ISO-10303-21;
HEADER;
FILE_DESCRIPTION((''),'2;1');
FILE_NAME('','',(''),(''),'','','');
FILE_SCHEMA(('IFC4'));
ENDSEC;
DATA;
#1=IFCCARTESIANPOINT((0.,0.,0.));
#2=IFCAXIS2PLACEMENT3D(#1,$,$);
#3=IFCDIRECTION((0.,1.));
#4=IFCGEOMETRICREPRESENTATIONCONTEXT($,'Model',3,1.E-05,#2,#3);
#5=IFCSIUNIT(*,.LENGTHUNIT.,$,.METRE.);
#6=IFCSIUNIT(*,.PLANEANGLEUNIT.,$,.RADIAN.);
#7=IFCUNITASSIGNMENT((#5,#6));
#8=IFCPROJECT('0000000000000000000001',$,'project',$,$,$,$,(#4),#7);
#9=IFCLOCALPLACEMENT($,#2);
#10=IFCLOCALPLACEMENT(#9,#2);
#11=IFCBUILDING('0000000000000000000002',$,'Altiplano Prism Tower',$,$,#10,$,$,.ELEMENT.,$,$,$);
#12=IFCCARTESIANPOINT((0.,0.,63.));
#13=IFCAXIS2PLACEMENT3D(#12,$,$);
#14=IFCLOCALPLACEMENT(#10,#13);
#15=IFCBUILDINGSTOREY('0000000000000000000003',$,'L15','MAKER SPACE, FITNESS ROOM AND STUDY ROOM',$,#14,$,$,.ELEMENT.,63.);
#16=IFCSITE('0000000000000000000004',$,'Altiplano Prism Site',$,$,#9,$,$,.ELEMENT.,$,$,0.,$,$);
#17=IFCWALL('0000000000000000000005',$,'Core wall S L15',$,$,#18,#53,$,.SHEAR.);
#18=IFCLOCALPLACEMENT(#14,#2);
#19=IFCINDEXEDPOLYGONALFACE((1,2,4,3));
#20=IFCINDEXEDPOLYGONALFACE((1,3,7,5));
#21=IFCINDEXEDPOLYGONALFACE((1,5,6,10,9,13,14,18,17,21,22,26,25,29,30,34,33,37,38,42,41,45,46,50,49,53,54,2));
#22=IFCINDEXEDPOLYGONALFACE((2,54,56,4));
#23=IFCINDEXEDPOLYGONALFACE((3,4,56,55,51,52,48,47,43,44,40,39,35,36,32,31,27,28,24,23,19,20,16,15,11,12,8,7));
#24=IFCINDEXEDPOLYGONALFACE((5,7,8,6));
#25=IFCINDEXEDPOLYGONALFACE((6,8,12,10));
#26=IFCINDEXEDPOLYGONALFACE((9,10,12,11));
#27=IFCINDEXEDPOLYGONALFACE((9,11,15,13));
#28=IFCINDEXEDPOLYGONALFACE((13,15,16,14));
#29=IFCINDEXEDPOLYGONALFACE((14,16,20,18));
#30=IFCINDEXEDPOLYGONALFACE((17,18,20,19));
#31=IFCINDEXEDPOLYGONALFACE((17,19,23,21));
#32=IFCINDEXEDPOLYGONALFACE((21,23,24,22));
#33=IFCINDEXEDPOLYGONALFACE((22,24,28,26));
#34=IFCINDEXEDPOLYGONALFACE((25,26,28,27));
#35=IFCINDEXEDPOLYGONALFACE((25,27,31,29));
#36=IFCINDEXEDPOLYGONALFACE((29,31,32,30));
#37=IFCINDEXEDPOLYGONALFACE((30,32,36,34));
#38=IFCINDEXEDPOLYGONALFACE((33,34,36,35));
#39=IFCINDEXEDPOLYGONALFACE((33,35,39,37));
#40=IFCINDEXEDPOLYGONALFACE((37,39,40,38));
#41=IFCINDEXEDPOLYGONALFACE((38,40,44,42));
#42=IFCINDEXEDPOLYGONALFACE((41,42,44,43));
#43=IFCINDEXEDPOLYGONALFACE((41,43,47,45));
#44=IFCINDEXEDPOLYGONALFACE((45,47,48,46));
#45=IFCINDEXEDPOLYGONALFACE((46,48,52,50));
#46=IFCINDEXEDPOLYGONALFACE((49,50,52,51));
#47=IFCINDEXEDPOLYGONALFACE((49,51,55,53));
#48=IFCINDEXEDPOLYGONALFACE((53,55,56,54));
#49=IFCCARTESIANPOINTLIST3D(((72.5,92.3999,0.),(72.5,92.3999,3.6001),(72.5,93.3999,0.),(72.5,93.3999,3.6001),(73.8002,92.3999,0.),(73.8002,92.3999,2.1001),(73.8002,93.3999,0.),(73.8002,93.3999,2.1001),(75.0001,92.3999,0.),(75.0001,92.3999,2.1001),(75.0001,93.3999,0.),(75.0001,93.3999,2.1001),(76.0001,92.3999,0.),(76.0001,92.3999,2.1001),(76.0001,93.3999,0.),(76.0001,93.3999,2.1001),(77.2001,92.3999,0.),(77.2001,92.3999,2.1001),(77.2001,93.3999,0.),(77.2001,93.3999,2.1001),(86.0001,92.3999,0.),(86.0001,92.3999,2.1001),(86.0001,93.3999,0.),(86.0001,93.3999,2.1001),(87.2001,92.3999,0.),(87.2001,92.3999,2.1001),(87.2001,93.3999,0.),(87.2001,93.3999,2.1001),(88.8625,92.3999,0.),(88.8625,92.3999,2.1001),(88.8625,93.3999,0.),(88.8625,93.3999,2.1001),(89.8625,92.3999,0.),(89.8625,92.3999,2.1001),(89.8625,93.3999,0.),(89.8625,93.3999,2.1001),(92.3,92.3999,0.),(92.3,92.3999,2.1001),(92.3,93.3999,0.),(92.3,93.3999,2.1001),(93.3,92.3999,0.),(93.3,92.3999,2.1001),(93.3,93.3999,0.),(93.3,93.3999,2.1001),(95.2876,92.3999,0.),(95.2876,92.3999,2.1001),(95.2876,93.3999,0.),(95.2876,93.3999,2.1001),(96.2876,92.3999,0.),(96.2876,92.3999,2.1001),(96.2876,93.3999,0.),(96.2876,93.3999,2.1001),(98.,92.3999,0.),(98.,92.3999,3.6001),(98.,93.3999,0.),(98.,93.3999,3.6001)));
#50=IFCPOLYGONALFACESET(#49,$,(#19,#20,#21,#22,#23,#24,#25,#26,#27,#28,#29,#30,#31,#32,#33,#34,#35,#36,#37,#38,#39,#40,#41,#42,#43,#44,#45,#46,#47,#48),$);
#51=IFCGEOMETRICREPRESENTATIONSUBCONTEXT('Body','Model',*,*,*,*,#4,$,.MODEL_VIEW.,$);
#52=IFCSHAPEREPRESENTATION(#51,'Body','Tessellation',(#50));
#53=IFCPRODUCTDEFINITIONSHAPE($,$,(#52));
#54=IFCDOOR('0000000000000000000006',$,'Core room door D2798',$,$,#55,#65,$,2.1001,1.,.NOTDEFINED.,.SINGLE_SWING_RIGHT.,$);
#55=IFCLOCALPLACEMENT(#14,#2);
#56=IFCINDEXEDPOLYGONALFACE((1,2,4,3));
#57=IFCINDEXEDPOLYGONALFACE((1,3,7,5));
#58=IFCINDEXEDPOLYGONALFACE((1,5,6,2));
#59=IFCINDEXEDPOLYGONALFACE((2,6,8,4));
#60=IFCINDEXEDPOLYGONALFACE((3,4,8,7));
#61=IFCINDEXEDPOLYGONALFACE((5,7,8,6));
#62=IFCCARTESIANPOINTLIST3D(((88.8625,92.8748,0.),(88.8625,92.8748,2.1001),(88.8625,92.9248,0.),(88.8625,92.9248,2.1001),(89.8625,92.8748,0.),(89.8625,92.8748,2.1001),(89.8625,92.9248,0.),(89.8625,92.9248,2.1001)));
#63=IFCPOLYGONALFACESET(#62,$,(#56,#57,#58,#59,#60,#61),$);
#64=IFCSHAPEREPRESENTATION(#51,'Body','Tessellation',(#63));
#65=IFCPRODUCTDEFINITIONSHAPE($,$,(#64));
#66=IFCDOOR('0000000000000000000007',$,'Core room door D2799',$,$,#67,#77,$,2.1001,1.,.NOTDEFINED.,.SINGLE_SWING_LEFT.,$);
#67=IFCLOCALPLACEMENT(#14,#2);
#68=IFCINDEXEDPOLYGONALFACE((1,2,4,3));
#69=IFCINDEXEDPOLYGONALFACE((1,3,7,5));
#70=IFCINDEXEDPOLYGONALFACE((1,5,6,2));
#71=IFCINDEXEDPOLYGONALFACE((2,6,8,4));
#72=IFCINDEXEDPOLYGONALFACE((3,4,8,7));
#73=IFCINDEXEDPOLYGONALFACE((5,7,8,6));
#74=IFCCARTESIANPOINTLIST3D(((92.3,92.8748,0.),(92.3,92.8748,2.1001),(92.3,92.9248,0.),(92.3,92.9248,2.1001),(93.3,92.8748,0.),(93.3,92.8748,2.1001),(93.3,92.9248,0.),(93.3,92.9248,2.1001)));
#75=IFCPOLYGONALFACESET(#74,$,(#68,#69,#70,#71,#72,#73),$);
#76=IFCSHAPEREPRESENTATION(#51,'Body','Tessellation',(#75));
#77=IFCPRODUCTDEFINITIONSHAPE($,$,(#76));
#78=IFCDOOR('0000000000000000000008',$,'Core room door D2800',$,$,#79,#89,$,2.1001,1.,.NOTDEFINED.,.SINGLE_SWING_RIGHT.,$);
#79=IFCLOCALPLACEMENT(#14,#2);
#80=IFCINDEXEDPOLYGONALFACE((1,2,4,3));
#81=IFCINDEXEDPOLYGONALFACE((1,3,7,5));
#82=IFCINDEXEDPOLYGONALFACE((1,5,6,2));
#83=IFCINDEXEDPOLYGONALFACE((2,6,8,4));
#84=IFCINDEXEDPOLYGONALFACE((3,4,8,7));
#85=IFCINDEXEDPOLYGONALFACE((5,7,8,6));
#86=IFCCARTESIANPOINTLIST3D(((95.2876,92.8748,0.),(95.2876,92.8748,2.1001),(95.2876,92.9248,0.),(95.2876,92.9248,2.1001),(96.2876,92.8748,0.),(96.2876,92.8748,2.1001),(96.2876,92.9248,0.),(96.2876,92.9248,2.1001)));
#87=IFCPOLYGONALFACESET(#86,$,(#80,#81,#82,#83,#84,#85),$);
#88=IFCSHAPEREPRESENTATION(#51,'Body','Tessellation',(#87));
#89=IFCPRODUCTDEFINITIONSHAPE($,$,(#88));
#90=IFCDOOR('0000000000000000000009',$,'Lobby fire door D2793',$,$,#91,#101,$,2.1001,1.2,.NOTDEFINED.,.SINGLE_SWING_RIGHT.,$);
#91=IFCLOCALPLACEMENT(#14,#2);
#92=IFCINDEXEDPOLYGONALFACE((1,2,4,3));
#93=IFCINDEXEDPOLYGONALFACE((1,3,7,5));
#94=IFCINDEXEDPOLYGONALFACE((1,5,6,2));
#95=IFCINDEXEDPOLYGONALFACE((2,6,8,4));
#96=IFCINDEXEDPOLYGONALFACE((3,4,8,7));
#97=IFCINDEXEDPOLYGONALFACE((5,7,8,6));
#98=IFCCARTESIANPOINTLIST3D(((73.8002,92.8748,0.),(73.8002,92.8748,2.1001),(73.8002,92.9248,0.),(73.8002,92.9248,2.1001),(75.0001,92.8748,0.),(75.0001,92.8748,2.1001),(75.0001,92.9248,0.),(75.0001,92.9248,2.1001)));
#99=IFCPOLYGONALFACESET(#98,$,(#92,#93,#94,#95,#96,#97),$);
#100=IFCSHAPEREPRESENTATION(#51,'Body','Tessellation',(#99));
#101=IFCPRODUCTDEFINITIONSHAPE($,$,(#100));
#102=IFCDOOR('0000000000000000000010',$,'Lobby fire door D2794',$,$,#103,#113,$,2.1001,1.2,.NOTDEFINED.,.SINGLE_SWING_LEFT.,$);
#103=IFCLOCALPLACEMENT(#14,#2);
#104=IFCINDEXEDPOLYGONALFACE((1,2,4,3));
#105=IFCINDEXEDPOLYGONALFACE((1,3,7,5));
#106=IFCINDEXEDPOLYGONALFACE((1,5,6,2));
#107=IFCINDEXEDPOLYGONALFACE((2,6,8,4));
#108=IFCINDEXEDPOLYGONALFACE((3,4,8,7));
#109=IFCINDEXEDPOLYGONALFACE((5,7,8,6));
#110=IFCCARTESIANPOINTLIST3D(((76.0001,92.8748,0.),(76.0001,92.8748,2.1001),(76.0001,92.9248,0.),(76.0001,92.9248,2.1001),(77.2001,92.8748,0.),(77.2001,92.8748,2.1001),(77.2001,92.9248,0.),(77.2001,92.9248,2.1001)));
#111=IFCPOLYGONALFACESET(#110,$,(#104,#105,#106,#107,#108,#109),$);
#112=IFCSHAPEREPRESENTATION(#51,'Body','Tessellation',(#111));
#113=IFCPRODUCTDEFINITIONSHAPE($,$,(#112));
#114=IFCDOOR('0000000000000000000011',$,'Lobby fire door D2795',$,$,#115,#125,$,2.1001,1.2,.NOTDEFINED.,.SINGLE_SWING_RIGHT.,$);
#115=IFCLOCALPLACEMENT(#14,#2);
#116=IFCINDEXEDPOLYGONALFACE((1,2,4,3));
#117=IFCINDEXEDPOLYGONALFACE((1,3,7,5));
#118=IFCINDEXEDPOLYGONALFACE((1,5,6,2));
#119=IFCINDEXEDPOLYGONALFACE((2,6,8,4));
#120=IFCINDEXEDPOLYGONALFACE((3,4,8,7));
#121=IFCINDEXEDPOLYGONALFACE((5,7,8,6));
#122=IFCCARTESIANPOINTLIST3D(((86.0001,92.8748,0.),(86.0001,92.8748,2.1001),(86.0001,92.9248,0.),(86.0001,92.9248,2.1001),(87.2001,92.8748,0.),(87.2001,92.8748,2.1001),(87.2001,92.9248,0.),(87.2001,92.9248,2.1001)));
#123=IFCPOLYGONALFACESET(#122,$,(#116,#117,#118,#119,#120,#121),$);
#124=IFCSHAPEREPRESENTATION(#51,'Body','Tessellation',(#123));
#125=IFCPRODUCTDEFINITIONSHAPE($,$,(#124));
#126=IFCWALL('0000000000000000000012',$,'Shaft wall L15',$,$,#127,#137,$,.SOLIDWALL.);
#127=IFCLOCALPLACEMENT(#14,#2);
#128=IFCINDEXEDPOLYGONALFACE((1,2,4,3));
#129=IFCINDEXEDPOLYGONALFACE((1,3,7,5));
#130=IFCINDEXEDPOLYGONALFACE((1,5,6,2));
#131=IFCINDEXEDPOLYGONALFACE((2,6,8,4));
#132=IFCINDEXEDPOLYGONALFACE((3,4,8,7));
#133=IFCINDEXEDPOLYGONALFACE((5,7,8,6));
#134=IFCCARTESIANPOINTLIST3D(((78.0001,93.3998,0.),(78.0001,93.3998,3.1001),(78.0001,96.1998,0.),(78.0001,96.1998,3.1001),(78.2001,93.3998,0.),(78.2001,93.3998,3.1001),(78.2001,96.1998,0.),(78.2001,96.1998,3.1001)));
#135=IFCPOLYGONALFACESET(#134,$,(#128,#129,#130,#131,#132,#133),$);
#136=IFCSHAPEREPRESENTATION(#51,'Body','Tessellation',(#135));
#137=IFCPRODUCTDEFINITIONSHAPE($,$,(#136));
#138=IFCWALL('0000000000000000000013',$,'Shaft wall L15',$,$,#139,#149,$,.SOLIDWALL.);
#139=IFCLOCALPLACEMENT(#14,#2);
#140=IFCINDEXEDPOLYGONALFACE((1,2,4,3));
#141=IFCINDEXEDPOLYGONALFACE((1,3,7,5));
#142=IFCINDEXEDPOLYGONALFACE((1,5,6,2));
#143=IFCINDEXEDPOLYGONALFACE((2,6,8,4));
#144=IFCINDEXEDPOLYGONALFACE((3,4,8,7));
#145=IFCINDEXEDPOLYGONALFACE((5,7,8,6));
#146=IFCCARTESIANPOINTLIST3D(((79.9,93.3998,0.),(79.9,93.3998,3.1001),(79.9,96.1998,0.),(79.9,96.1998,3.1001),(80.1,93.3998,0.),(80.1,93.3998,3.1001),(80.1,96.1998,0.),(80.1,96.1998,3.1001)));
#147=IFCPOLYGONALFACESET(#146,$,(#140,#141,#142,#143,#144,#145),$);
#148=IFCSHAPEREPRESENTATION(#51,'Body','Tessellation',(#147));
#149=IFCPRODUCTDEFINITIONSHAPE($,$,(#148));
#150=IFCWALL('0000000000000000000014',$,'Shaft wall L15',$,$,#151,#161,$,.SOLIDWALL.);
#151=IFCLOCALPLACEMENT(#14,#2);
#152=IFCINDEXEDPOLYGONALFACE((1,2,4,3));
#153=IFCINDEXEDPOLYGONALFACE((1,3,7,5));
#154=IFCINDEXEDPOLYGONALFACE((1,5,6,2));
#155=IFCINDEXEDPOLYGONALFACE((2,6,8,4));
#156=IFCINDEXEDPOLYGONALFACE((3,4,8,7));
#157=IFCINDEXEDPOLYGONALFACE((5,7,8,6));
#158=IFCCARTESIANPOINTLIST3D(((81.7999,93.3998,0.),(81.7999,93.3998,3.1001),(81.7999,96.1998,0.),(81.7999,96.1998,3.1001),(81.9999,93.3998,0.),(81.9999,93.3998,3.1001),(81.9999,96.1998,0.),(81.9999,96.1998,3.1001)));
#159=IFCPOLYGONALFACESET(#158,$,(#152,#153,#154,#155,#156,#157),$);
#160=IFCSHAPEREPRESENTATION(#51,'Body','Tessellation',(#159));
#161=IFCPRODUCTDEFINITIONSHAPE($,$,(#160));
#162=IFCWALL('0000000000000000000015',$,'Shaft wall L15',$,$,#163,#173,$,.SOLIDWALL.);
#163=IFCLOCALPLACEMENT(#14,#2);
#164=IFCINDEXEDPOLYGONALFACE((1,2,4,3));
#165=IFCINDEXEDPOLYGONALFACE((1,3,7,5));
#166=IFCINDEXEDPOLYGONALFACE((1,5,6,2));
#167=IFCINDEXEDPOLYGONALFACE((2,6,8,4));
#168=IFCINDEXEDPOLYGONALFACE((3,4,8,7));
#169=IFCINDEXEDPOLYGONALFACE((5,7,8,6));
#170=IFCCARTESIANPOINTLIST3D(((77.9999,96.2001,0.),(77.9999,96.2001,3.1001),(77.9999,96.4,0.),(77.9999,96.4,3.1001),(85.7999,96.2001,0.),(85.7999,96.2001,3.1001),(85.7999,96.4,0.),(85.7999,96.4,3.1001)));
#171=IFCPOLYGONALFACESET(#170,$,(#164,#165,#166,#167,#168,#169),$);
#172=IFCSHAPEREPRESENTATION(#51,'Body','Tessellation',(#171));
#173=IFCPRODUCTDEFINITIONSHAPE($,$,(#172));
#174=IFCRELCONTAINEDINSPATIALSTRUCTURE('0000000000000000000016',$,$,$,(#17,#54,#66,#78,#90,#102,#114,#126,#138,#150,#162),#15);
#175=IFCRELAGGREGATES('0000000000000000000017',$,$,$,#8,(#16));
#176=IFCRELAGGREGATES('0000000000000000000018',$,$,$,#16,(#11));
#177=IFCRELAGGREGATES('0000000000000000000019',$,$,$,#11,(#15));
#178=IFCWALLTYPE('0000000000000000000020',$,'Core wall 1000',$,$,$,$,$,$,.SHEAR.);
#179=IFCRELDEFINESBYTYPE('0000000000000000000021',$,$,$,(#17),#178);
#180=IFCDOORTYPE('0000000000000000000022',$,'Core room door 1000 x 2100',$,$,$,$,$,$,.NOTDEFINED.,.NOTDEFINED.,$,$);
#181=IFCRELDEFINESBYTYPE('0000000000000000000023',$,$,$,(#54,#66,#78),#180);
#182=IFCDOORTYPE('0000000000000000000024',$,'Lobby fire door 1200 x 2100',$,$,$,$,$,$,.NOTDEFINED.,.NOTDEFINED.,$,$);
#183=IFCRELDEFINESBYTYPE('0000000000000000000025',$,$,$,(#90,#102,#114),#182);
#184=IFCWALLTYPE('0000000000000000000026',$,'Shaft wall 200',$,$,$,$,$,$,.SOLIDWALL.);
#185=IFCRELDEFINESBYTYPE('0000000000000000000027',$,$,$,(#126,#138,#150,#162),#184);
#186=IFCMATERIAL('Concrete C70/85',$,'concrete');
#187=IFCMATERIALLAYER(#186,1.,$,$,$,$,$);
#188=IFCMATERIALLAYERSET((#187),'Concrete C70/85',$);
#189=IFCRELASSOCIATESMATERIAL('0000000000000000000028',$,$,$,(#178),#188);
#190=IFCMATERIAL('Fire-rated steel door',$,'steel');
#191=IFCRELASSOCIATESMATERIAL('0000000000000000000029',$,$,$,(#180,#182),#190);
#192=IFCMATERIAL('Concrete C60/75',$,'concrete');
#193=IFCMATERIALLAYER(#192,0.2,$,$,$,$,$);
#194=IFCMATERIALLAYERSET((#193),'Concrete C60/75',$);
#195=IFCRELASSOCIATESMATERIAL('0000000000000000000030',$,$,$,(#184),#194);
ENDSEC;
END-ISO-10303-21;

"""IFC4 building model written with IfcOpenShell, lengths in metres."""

from ifc_helpers import new_model, si_unit, direction, frame, frame_2d, origin, place, context, subcontext, project, spatial, rectangle, extrude, material, layer, layer_set, type_object, element, fill, save


model = new_model("IFC4")

# Units and contexts
model_context = context("Model", 3, precision=1e-05, world=origin(), true_north=direction((0.0, 1.0)))
body_context = subcontext(model_context, "Body", "Model", "MODEL_VIEW")
ifc_project = project(units=[si_unit("LENGTHUNIT", "METRE"), si_unit("PLANEANGLEUNIT", "RADIAN")], contexts=[model_context])

# Site, building, storey
site_placement = place(None, origin())
site = spatial("IfcSite", under=ifc_project, at=site_placement, Name="Altiplano Prism Site", CompositionType="ELEMENT", RefElevation=0.0)
building_placement = place(site_placement, origin())
building = spatial("IfcBuilding", under=site, at=building_placement, Name="Altiplano Prism Tower", CompositionType="ELEMENT")
storey_placement = place(building_placement, frame((0.0, 0.0, 63.0)))
storey = spatial("IfcBuildingStorey", under=building, at=storey_placement, Name="L15", Description="MAKER SPACE, FITNESS ROOM AND STUDY ROOM", CompositionType="ELEMENT", Elevation=63.0)

# Wall, openings, doors
ifc_material_1 = material(Name="Concrete C70/85", Category="concrete")
ifc_layer_1 = layer(ifc_material_1, 1.0)
ifc_layer_set_1 = layer_set([ifc_layer_1], Name="Concrete C70/85")
wall_type_1 = type_object("IfcWallType", Name="Core wall 1000", PredefinedType="SHEAR", material=ifc_layer_set_1)
wall_1_placement = place(storey_placement, frame((72.5, 92.8999, 0.0), z_axis=(0.0, 0.0, 1.0), x_axis=(1.0, 0.0, 0.0)))
wall_1 = element("IfcWall", 1, at=wall_1_placement, inside=storey, type_object=wall_type_1, Name="Core wall S L15", PredefinedType="SHEAR", context=body_context, shape_type="SweptSolid", body=[
    extrude(rectangle(XDim=25.5, YDim=1.0, at=frame_2d((12.75, 0.0))), origin(), (0.0, 0.0, 1.0), 3.6001),
])
opening_1_placement = place(wall_1_placement, frame((1.3, 0.0, 0.0)))
opening_1 = element("IfcOpeningElement", 2, at=opening_1_placement, cuts=wall_1, PredefinedType="OPENING", context=body_context, shape_type="SweptSolid", body=[
    extrude(rectangle(XDim=1.2, YDim=2.1001, at=frame_2d((0.6001, 1.05))), frame((0.0, 0.5105, 0.0), z_axis=(0.0, -1.0, 0.0), x_axis=(1.0, 0.0, 0.0)), (0.0, 0.0, 1.0), 1.021),
])
opening_2_placement = place(wall_1_placement, frame((3.5, 0.0, 0.0)))
opening_2 = element("IfcOpeningElement", 3, at=opening_2_placement, cuts=wall_1, PredefinedType="OPENING", context=body_context, shape_type="SweptSolid", body=[
    extrude(rectangle(XDim=1.2, YDim=2.1001, at=frame_2d((0.6001, 1.05))), frame((0.0, 0.5105, 0.0), z_axis=(0.0, -1.0, 0.0), x_axis=(1.0, 0.0, 0.0)), (0.0, 0.0, 1.0), 1.021),
])
opening_3_placement = place(wall_1_placement, frame((13.5, 0.0, 0.0)))
opening_3 = element("IfcOpeningElement", 4, at=opening_3_placement, cuts=wall_1, PredefinedType="OPENING", context=body_context, shape_type="SweptSolid", body=[
    extrude(rectangle(XDim=1.2, YDim=2.1001, at=frame_2d((0.6001, 1.05))), frame((0.0, 0.5105, 0.0), z_axis=(0.0, -1.0, 0.0), x_axis=(1.0, 0.0, 0.0)), (0.0, 0.0, 1.0), 1.021),
])
opening_4_placement = place(wall_1_placement, frame((16.3625, 0.0, 0.0)))
opening_4 = element("IfcOpeningElement", 5, at=opening_4_placement, cuts=wall_1, PredefinedType="OPENING", context=body_context, shape_type="SweptSolid", body=[
    extrude(rectangle(XDim=1.0, YDim=2.1001, at=frame_2d((0.5, 1.05))), frame((0.0, 0.5105, 0.0), z_axis=(0.0, -1.0, 0.0), x_axis=(1.0, 0.0, 0.0)), (0.0, 0.0, 1.0), 1.021),
])
opening_5_placement = place(wall_1_placement, frame((19.8, 0.0, 0.0)))
opening_5 = element("IfcOpeningElement", 6, at=opening_5_placement, cuts=wall_1, PredefinedType="OPENING", context=body_context, shape_type="SweptSolid", body=[
    extrude(rectangle(XDim=1.0, YDim=2.1001, at=frame_2d((0.5, 1.05))), frame((0.0, 0.5105, 0.0), z_axis=(0.0, -1.0, 0.0), x_axis=(1.0, 0.0, 0.0)), (0.0, 0.0, 1.0), 1.021),
])
opening_6_placement = place(wall_1_placement, frame((22.7876, 0.0, 0.0)))
opening_6 = element("IfcOpeningElement", 7, at=opening_6_placement, cuts=wall_1, PredefinedType="OPENING", context=body_context, shape_type="SweptSolid", body=[
    extrude(rectangle(XDim=1.0, YDim=2.1001, at=frame_2d((0.5, 1.05))), frame((0.0, 0.5105, 0.0), z_axis=(0.0, -1.0, 0.0), x_axis=(1.0, 0.0, 0.0)), (0.0, 0.0, 1.0), 1.021),
])
ifc_material_2 = material(Name="Fire-rated steel door", Category="steel")
door_type_1 = type_object("IfcDoorType", Name="Core room door 1000 x 2100", OperationType="NOTDEFINED", PredefinedType="NOTDEFINED", material=ifc_material_2)
door_1_placement = place(opening_4_placement, origin())
door_1 = element("IfcDoor", 8, at=door_1_placement, inside=storey, type_object=door_type_1, Name="Core room door D2798", OperationType="SINGLE_SWING_RIGHT", OverallHeight=2.1001, OverallWidth=1.0, PredefinedType="NOTDEFINED", context=body_context, shape_type="SweptSolid", body=[
    extrude(rectangle(XDim=1.0, YDim=2.1001, at=frame_2d((0.5, 1.05))), frame((0.0, 0.0249, 0.0), z_axis=(0.0, -1.0, 0.0), x_axis=(1.0, 0.0, 0.0)), (0.0, 0.0, 1.0), 0.05),
])
fill(opening_4, door_1)
door_2_placement = place(opening_5_placement, origin())
door_2 = element("IfcDoor", 9, at=door_2_placement, inside=storey, type_object=door_type_1, Name="Core room door D2799", OperationType="SINGLE_SWING_LEFT", OverallHeight=2.1001, OverallWidth=1.0, PredefinedType="NOTDEFINED", context=body_context, shape_type="SweptSolid", body=[
    extrude(rectangle(XDim=1.0, YDim=2.1001, at=frame_2d((0.5, 1.05))), frame((0.0, 0.0249, 0.0), z_axis=(0.0, -1.0, 0.0), x_axis=(1.0, 0.0, 0.0)), (0.0, 0.0, 1.0), 0.05),
])
fill(opening_5, door_2)
door_3_placement = place(opening_6_placement, origin())
door_3 = element("IfcDoor", 10, at=door_3_placement, inside=storey, type_object=door_type_1, Name="Core room door D2800", OperationType="SINGLE_SWING_RIGHT", OverallHeight=2.1001, OverallWidth=1.0, PredefinedType="NOTDEFINED", context=body_context, shape_type="SweptSolid", body=[
    extrude(rectangle(XDim=1.0, YDim=2.1001, at=frame_2d((0.5, 1.05))), frame((0.0, 0.0249, 0.0), z_axis=(0.0, -1.0, 0.0), x_axis=(1.0, 0.0, 0.0)), (0.0, 0.0, 1.0), 0.05),
])
fill(opening_6, door_3)
door_type_2 = type_object("IfcDoorType", Name="Lobby fire door 1200 x 2100", OperationType="NOTDEFINED", PredefinedType="NOTDEFINED", material=ifc_material_2)
door_4_placement = place(opening_1_placement, origin())
door_4 = element("IfcDoor", 11, at=door_4_placement, inside=storey, type_object=door_type_2, Name="Lobby fire door D2793", OperationType="SINGLE_SWING_RIGHT", OverallHeight=2.1001, OverallWidth=1.2, PredefinedType="NOTDEFINED", context=body_context, shape_type="SweptSolid", body=[
    extrude(rectangle(XDim=1.2, YDim=2.1001, at=frame_2d((0.6001, 1.05))), frame((0.0, 0.0249, 0.0), z_axis=(0.0, -1.0, 0.0), x_axis=(1.0, 0.0, 0.0)), (0.0, 0.0, 1.0), 0.05),
])
fill(opening_1, door_4)
door_5_placement = place(opening_2_placement, origin())
door_5 = element("IfcDoor", 12, at=door_5_placement, inside=storey, type_object=door_type_2, Name="Lobby fire door D2794", OperationType="SINGLE_SWING_LEFT", OverallHeight=2.1001, OverallWidth=1.2, PredefinedType="NOTDEFINED", context=body_context, shape_type="SweptSolid", body=[
    extrude(rectangle(XDim=1.2, YDim=2.1001, at=frame_2d((0.6001, 1.05))), frame((0.0, 0.0249, 0.0), z_axis=(0.0, -1.0, 0.0), x_axis=(1.0, 0.0, 0.0)), (0.0, 0.0, 1.0), 0.05),
])
fill(opening_2, door_5)
door_6_placement = place(opening_3_placement, origin())
door_6 = element("IfcDoor", 13, at=door_6_placement, inside=storey, type_object=door_type_2, Name="Lobby fire door D2795", OperationType="SINGLE_SWING_RIGHT", OverallHeight=2.1001, OverallWidth=1.2, PredefinedType="NOTDEFINED", context=body_context, shape_type="SweptSolid", body=[
    extrude(rectangle(XDim=1.2, YDim=2.1001, at=frame_2d((0.6001, 1.05))), frame((0.0, 0.0249, 0.0), z_axis=(0.0, -1.0, 0.0), x_axis=(1.0, 0.0, 0.0)), (0.0, 0.0, 1.0), 0.05),
])
fill(opening_3, door_6)

# Walls
ifc_material_3 = material(Name="Concrete C60/75", Category="concrete")
ifc_layer_2 = layer(ifc_material_3, 0.2)
ifc_layer_set_2 = layer_set([ifc_layer_2], Name="Concrete C60/75")
wall_type_2 = type_object("IfcWallType", Name="Shaft wall 200", PredefinedType="SOLIDWALL", material=ifc_layer_set_2)
for number, where, z_axis, x_axis, name in (
    (14, (78.1001, 93.3999, 0.0), (0.0, 0.0, 1.0), (0.0, 1.0, 0.0), "Shaft wall L15"),
    (15, (80.0, 93.3999, 0.0), (0.0, 0.0, 1.0), (0.0, 1.0, 0.0), "Shaft wall L15"),
    (16, (81.8999, 93.3999, 0.0), (0.0, 0.0, 1.0), (0.0, 1.0, 0.0), "Shaft wall L15"),
):
    element("IfcWall", number, at=place(storey_placement, frame(where, z_axis=z_axis, x_axis=x_axis)), inside=storey, type_object=wall_type_2, Name=name, PredefinedType="SOLIDWALL", context=body_context, shape_type="SweptSolid", body=[
        extrude(rectangle(XDim=2.8, YDim=0.2, at=frame_2d((1.3999, 0.0))), origin(), (0.0, 0.0, 1.0), 3.1001),
    ])
wall_2_placement = place(storey_placement, frame((78.0, 96.3, 0.0), z_axis=(0.0, 0.0, 1.0), x_axis=(1.0, 0.0, 0.0)))
element("IfcWall", 17, at=wall_2_placement, inside=storey, type_object=wall_type_2, Name="Shaft wall L15", PredefinedType="SOLIDWALL", context=body_context, shape_type="SweptSolid", body=[
    extrude(rectangle(XDim=7.8, YDim=0.2, at=frame_2d((3.8999, 0.0))), origin(), (0.0, 0.0, 1.0), 3.1001),
])

save(model, "model.ifc")
